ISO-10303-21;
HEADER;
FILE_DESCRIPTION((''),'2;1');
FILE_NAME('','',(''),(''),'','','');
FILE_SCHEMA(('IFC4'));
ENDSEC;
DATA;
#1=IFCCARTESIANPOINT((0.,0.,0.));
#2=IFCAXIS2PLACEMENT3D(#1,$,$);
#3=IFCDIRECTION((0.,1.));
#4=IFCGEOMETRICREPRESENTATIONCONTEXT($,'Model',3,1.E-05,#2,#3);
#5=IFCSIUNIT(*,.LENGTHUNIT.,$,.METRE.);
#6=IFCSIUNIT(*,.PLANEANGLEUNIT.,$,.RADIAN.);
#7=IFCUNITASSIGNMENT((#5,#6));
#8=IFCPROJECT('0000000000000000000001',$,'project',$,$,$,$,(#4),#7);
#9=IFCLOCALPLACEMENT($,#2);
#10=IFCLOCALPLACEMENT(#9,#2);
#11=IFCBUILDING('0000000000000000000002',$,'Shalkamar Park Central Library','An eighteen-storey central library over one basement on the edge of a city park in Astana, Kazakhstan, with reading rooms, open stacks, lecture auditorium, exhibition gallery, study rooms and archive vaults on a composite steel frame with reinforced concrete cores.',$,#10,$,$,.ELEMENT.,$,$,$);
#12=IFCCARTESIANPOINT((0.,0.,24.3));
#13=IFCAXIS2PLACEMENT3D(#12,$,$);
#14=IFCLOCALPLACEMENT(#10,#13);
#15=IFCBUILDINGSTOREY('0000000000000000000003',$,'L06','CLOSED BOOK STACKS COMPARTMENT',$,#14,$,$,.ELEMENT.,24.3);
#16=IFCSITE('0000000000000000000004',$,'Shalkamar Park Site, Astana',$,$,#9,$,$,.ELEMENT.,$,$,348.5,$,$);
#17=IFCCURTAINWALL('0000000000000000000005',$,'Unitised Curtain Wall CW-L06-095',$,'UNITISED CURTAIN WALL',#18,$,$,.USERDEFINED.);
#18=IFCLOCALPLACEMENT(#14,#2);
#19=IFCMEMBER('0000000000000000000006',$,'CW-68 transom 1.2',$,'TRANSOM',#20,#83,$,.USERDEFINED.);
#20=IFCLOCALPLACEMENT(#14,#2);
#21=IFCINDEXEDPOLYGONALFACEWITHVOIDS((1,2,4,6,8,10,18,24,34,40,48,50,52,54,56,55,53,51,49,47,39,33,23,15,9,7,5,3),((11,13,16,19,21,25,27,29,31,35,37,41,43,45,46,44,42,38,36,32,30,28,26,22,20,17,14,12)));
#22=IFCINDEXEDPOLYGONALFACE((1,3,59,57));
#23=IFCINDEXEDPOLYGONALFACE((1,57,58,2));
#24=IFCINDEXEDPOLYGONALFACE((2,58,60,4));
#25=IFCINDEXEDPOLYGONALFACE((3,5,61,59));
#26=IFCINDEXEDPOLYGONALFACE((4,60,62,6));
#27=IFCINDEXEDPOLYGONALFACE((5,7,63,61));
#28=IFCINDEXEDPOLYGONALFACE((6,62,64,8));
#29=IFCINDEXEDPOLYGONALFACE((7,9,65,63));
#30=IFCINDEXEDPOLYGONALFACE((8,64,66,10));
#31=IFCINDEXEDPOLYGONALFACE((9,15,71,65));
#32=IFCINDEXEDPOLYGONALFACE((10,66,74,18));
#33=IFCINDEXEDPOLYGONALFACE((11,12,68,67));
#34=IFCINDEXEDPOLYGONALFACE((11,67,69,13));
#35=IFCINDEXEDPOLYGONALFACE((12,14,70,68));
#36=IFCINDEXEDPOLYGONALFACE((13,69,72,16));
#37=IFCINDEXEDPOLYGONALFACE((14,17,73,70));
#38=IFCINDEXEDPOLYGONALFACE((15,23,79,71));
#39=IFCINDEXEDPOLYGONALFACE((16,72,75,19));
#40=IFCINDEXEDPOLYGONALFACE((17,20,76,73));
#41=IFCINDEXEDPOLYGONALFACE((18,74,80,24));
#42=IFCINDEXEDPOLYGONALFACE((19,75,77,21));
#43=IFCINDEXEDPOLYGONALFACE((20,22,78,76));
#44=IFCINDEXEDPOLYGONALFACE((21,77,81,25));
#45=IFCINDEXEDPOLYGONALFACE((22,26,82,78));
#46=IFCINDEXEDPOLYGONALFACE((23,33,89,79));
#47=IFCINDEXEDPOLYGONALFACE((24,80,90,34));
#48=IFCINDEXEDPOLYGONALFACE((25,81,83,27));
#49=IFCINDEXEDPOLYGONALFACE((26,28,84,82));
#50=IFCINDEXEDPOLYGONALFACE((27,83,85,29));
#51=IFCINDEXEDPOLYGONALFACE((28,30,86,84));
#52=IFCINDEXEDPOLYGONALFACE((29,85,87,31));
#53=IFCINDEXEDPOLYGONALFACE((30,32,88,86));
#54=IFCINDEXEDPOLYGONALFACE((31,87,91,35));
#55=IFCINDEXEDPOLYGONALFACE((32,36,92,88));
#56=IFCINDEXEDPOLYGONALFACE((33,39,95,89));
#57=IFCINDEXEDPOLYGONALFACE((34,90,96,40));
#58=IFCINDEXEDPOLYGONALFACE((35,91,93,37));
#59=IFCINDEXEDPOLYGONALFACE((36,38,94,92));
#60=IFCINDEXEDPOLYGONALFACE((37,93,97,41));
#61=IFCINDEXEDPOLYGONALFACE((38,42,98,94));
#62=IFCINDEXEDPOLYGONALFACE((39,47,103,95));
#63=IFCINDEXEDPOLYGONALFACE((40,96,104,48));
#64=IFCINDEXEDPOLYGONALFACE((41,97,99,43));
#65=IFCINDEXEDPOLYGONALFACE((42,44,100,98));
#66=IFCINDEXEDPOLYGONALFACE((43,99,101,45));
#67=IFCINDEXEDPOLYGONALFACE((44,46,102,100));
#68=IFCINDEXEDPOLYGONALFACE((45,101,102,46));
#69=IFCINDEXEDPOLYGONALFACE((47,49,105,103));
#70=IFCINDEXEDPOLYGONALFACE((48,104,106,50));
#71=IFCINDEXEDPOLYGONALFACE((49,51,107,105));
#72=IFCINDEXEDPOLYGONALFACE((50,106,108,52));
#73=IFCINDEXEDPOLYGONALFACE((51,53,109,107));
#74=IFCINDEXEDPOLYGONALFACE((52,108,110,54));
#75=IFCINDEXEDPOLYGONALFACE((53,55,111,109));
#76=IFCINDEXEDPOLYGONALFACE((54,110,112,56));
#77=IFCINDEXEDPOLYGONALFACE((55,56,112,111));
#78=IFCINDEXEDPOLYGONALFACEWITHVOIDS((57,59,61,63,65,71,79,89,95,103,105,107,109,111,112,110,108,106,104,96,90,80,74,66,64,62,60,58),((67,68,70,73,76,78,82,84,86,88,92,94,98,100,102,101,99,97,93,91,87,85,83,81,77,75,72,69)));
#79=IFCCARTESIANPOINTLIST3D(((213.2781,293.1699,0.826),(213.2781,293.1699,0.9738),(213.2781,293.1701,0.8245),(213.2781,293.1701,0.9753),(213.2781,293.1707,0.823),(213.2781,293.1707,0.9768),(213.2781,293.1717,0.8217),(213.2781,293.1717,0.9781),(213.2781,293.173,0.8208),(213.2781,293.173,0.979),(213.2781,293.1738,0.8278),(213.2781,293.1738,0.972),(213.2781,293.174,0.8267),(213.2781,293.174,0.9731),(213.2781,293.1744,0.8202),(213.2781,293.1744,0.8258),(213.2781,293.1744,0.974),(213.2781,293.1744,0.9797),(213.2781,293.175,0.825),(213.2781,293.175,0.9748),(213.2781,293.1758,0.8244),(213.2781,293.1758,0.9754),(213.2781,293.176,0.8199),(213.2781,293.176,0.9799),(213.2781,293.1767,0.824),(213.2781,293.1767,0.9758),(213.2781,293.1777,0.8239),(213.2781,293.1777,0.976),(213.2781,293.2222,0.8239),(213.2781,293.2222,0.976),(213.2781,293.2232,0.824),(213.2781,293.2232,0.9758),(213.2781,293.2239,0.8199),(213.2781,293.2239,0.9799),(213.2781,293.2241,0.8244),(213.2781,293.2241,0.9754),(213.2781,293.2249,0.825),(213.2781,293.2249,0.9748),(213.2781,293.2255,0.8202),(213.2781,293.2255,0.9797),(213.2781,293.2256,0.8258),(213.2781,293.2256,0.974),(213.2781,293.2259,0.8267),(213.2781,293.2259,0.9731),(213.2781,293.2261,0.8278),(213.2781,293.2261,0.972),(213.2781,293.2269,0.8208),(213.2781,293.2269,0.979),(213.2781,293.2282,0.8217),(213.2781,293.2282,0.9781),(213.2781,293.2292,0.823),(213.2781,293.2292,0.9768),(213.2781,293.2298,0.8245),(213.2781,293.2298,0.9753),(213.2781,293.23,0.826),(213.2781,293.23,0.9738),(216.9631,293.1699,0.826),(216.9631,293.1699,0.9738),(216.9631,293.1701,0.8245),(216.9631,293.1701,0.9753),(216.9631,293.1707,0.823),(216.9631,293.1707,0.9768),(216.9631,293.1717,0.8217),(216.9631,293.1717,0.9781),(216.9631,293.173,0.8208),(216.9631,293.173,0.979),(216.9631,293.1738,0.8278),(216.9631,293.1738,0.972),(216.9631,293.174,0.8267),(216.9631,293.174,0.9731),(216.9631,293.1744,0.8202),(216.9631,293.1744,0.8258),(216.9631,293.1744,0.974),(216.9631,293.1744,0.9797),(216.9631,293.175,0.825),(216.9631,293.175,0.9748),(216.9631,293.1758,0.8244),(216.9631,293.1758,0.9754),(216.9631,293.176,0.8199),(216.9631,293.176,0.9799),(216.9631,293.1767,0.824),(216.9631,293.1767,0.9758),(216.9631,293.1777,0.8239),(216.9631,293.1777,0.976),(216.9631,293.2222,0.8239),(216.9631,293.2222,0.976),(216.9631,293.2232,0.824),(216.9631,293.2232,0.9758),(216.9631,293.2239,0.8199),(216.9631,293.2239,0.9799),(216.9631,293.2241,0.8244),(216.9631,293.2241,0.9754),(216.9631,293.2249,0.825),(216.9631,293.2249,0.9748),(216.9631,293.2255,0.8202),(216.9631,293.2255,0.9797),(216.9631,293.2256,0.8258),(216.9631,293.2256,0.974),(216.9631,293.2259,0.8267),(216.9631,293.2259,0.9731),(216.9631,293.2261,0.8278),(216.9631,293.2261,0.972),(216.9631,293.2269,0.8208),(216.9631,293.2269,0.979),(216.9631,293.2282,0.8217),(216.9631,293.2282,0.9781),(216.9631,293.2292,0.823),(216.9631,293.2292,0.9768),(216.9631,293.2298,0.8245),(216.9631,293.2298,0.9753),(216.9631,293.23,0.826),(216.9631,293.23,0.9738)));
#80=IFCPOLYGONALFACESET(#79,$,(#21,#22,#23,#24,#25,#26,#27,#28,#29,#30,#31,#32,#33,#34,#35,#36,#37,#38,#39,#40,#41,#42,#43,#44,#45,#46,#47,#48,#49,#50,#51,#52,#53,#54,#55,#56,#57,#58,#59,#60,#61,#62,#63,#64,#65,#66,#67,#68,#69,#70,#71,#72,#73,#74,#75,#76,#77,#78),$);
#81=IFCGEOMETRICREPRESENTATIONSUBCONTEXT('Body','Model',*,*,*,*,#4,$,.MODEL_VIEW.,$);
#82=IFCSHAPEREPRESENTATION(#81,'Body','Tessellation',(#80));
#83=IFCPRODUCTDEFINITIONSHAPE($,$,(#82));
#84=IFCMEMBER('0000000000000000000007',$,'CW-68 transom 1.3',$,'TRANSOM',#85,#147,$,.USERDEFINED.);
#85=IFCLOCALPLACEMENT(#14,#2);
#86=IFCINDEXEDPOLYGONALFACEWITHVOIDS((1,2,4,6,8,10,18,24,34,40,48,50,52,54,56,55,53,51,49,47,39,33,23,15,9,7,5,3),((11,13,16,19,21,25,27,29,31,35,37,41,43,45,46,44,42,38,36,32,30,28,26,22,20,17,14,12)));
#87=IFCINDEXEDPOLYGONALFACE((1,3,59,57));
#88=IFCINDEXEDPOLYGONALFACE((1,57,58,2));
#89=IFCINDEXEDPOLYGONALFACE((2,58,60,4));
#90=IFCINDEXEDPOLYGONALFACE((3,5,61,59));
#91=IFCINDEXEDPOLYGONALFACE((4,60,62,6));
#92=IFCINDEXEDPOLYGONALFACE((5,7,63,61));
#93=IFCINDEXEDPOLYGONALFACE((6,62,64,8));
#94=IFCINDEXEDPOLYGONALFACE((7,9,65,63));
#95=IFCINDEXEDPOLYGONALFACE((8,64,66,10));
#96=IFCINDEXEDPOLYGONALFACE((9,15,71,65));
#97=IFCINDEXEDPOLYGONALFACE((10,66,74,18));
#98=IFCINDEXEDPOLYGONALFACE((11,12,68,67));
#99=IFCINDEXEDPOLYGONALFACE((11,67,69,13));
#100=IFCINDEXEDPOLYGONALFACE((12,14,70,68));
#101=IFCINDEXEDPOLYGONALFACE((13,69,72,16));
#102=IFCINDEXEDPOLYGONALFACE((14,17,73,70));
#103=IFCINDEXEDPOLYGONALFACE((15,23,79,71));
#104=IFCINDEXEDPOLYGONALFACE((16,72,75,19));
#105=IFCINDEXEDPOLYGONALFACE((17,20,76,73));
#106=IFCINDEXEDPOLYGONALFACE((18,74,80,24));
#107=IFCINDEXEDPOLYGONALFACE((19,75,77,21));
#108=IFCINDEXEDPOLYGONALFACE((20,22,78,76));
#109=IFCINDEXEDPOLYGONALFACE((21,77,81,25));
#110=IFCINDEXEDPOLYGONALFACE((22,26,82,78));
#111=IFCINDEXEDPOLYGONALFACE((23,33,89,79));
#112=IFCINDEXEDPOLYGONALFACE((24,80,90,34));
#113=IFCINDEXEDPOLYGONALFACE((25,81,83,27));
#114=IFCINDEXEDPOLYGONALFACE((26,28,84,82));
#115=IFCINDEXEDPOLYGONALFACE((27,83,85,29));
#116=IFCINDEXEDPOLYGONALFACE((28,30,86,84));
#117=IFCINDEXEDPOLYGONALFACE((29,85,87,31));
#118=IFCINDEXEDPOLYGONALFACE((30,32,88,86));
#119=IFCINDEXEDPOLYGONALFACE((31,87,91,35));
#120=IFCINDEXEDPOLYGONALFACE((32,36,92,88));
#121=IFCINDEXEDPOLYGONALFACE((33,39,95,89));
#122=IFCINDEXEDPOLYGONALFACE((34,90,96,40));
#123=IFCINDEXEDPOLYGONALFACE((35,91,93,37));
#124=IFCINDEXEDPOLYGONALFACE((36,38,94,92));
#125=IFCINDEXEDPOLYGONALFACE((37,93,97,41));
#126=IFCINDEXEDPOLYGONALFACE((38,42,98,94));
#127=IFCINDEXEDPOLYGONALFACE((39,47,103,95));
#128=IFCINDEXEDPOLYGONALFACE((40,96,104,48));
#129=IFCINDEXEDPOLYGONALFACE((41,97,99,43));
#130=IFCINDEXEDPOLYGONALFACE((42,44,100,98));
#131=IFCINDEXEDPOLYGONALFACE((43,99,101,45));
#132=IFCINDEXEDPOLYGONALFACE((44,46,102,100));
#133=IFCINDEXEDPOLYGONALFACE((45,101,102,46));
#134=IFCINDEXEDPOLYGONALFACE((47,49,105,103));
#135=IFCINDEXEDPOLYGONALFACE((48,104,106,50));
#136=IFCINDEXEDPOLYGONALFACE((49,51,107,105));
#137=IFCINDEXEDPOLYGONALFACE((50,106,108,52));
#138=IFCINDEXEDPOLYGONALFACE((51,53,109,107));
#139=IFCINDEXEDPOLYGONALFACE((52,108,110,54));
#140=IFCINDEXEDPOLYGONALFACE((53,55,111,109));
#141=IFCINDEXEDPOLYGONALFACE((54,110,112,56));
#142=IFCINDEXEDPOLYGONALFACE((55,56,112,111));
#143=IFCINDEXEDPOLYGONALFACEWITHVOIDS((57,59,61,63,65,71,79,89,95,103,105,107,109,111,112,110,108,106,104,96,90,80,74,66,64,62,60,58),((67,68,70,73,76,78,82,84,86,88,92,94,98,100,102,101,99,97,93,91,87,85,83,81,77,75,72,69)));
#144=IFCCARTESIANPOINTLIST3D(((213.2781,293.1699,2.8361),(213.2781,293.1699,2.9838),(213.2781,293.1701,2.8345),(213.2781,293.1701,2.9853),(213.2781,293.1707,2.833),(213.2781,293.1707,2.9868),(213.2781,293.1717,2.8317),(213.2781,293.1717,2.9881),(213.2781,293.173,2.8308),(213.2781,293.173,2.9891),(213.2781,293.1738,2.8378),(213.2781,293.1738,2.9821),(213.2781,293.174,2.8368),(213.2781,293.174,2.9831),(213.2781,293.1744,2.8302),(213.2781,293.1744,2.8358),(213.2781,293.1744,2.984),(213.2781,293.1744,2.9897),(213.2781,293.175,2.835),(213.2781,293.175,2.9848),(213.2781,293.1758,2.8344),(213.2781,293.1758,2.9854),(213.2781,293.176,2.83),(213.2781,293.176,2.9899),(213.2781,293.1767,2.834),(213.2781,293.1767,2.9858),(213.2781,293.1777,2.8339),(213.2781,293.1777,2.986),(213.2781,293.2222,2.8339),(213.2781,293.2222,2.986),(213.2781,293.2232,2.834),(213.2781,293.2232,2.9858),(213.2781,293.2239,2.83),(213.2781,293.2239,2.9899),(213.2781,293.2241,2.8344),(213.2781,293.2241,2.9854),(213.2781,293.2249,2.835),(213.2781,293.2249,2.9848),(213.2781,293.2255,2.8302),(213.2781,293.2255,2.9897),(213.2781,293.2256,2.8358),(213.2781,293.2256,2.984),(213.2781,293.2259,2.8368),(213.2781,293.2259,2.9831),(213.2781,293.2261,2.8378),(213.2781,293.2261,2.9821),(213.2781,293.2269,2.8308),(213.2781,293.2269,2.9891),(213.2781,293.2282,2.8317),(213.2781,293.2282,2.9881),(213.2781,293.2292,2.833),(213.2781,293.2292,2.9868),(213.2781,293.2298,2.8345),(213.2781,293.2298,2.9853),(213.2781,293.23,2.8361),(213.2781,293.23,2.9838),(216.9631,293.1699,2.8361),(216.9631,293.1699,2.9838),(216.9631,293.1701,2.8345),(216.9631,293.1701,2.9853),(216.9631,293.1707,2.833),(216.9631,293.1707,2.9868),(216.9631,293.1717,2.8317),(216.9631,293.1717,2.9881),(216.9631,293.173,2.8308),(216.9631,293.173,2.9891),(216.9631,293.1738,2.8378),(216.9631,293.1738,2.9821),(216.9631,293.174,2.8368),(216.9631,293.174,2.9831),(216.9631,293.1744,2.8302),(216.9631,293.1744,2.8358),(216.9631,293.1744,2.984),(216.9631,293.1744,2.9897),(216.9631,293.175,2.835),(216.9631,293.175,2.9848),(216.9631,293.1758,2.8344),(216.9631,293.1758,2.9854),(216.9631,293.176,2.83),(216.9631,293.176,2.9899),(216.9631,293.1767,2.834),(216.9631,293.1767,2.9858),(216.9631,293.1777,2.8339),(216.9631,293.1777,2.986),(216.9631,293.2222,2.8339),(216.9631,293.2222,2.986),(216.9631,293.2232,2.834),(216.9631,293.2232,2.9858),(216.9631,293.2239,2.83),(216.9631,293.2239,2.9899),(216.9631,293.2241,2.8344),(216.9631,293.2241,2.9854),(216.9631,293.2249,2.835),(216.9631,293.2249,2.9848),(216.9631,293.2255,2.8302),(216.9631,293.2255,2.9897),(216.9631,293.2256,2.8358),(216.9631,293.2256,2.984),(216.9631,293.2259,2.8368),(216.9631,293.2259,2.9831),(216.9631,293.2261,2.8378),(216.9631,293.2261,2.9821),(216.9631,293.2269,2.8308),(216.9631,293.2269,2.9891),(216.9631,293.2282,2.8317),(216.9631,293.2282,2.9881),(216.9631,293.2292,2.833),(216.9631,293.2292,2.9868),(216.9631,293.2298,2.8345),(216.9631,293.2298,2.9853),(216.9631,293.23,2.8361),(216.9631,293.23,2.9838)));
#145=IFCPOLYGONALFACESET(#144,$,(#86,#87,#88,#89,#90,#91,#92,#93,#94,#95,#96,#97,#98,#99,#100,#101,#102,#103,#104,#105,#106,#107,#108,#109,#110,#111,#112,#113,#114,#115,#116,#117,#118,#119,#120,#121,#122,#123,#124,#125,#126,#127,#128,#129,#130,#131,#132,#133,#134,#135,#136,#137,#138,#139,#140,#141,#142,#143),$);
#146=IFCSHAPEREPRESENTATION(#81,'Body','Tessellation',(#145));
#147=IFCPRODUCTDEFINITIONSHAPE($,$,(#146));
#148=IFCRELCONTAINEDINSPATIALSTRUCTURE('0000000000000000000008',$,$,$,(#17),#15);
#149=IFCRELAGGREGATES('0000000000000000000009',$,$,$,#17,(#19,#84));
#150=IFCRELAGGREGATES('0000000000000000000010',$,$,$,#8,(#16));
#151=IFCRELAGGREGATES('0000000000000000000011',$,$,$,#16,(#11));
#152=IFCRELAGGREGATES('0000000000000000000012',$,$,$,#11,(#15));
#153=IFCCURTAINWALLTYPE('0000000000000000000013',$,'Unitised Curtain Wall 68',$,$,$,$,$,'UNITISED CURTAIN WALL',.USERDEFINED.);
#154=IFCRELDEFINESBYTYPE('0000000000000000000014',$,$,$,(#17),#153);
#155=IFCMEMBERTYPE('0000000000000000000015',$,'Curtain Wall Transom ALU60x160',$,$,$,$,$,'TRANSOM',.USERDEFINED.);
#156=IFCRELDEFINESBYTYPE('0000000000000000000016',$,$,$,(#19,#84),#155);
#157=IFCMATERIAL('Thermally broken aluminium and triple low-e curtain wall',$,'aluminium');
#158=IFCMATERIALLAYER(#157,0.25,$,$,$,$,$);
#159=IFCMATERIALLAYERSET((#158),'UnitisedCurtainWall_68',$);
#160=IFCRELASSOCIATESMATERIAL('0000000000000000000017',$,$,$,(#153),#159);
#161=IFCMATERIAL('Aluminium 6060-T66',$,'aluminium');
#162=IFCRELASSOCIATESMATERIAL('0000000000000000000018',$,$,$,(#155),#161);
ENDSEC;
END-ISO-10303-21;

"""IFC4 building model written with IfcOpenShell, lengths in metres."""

from ifc_helpers import new_model, si_unit, direction, frame, origin, origin_2d, place, context, subcontext, project, spatial, hollow_rectangle, extrude, material, layer, layer_set, material_profile, profile_set, type_object, element, aggregate, save


model = new_model("IFC4")

# Units and contexts
model_context = context("Model", 3, precision=1e-05, world=origin(), true_north=direction((0.0, 1.0)))
body_context = subcontext(model_context, "Body", "Model", "MODEL_VIEW")
ifc_project = project(units=[si_unit("LENGTHUNIT", "METRE"), si_unit("PLANEANGLEUNIT", "RADIAN")], contexts=[model_context])

# Site, building, storey
site_placement = place(None, origin())
site = spatial("IfcSite", under=ifc_project, at=site_placement, Name="Shalkamar Park Site, Astana", CompositionType="ELEMENT", RefElevation=348.5)
building_placement = place(site_placement, origin())
building = spatial("IfcBuilding", under=site, at=building_placement, Name="Shalkamar Park Central Library", Description="An eighteen-storey central library over one basement on the edge of a city park in Astana, Kazakhstan, with reading rooms, open stacks, lecture auditorium, exhibition gallery, study rooms and archive vaults on a composite steel frame with reinforced concrete cores.", CompositionType="ELEMENT")
storey_placement = place(building_placement, frame((0.0, 0.0, 24.3)))
storey = spatial("IfcBuildingStorey", under=building, at=storey_placement, Name="L06", Description="CLOSED BOOK STACKS COMPARTMENT", CompositionType="ELEMENT", Elevation=24.3)

# Curtain wall
ifc_material_1 = material(Name="Thermally broken aluminium and triple low-e curtain wall", Category="aluminium")
ifc_layer_1 = layer(ifc_material_1, 0.25)
ifc_layer_set_1 = layer_set([ifc_layer_1], Name="UnitisedCurtainWall_68")
curtain_wall_type_1 = type_object("IfcCurtainWallType", Name="Unitised Curtain Wall 68", ElementType="UNITISED CURTAIN WALL", PredefinedType="USERDEFINED", material=ifc_layer_set_1)
curtain_wall_1_placement = place(storey_placement, origin())
curtain_wall_1 = element("IfcCurtainWall", 1, at=curtain_wall_1_placement, inside=storey, type_object=curtain_wall_type_1, Name="Unitised Curtain Wall CW-L06-095", ObjectType="UNITISED CURTAIN WALL", PredefinedType="USERDEFINED")
ifc_material_2 = material(Name="Aluminium 6060-T66", Category="aluminium")

# Members
ifc_material_profile_1 = material_profile(ifc_material_2, hollow_rectangle(XDim=0.0601, YDim=0.1599, WallThickness=0.0039, InnerFilletRadius=0.0039, OuterFilletRadius=0.0061, at=origin_2d()), Name="ALU 60x160x4")
ifc_profile_set_1 = profile_set([ifc_material_profile_1], Name="Aluminium 6060-T66")
member_type_1 = type_object("IfcMemberType", Name="Curtain Wall Transom ALU60x160", ElementType="TRANSOM", PredefinedType="USERDEFINED", material=ifc_profile_set_1)
member_1_placement = place(storey_placement, frame((213.2781, 293.2, 0.8999), z_axis=(1.0, 0.0, 0.0), x_axis=(0.0, 1.0, 0.0)))
member_1 = element("IfcMember", 2, at=member_1_placement, type_object=member_type_1, Name="CW-68 transom 1.2", ObjectType="TRANSOM", PredefinedType="USERDEFINED", context=body_context, shape_type="SweptSolid", body=[
    extrude(hollow_rectangle(XDim=0.0601, YDim=0.1599, WallThickness=0.0039, InnerFilletRadius=0.0039, OuterFilletRadius=0.0061, at=origin_2d()), origin(), (0.0, 0.0, 1.0), 3.6851),
])
member_2_placement = place(storey_placement, frame((213.2781, 293.2, 2.9099), z_axis=(1.0, 0.0, 0.0), x_axis=(0.0, 1.0, 0.0)))
member_2 = element("IfcMember", 3, at=member_2_placement, type_object=member_type_1, Name="CW-68 transom 1.3", ObjectType="TRANSOM", PredefinedType="USERDEFINED", context=body_context, shape_type="SweptSolid", body=[
    extrude(hollow_rectangle(XDim=0.0601, YDim=0.1599, WallThickness=0.0039, InnerFilletRadius=0.0039, OuterFilletRadius=0.0061, at=origin_2d()), origin(), (0.0, 0.0, 1.0), 3.6851),
])

aggregate(curtain_wall_1, [member_1, member_2])

save(model, "model.ifc")
